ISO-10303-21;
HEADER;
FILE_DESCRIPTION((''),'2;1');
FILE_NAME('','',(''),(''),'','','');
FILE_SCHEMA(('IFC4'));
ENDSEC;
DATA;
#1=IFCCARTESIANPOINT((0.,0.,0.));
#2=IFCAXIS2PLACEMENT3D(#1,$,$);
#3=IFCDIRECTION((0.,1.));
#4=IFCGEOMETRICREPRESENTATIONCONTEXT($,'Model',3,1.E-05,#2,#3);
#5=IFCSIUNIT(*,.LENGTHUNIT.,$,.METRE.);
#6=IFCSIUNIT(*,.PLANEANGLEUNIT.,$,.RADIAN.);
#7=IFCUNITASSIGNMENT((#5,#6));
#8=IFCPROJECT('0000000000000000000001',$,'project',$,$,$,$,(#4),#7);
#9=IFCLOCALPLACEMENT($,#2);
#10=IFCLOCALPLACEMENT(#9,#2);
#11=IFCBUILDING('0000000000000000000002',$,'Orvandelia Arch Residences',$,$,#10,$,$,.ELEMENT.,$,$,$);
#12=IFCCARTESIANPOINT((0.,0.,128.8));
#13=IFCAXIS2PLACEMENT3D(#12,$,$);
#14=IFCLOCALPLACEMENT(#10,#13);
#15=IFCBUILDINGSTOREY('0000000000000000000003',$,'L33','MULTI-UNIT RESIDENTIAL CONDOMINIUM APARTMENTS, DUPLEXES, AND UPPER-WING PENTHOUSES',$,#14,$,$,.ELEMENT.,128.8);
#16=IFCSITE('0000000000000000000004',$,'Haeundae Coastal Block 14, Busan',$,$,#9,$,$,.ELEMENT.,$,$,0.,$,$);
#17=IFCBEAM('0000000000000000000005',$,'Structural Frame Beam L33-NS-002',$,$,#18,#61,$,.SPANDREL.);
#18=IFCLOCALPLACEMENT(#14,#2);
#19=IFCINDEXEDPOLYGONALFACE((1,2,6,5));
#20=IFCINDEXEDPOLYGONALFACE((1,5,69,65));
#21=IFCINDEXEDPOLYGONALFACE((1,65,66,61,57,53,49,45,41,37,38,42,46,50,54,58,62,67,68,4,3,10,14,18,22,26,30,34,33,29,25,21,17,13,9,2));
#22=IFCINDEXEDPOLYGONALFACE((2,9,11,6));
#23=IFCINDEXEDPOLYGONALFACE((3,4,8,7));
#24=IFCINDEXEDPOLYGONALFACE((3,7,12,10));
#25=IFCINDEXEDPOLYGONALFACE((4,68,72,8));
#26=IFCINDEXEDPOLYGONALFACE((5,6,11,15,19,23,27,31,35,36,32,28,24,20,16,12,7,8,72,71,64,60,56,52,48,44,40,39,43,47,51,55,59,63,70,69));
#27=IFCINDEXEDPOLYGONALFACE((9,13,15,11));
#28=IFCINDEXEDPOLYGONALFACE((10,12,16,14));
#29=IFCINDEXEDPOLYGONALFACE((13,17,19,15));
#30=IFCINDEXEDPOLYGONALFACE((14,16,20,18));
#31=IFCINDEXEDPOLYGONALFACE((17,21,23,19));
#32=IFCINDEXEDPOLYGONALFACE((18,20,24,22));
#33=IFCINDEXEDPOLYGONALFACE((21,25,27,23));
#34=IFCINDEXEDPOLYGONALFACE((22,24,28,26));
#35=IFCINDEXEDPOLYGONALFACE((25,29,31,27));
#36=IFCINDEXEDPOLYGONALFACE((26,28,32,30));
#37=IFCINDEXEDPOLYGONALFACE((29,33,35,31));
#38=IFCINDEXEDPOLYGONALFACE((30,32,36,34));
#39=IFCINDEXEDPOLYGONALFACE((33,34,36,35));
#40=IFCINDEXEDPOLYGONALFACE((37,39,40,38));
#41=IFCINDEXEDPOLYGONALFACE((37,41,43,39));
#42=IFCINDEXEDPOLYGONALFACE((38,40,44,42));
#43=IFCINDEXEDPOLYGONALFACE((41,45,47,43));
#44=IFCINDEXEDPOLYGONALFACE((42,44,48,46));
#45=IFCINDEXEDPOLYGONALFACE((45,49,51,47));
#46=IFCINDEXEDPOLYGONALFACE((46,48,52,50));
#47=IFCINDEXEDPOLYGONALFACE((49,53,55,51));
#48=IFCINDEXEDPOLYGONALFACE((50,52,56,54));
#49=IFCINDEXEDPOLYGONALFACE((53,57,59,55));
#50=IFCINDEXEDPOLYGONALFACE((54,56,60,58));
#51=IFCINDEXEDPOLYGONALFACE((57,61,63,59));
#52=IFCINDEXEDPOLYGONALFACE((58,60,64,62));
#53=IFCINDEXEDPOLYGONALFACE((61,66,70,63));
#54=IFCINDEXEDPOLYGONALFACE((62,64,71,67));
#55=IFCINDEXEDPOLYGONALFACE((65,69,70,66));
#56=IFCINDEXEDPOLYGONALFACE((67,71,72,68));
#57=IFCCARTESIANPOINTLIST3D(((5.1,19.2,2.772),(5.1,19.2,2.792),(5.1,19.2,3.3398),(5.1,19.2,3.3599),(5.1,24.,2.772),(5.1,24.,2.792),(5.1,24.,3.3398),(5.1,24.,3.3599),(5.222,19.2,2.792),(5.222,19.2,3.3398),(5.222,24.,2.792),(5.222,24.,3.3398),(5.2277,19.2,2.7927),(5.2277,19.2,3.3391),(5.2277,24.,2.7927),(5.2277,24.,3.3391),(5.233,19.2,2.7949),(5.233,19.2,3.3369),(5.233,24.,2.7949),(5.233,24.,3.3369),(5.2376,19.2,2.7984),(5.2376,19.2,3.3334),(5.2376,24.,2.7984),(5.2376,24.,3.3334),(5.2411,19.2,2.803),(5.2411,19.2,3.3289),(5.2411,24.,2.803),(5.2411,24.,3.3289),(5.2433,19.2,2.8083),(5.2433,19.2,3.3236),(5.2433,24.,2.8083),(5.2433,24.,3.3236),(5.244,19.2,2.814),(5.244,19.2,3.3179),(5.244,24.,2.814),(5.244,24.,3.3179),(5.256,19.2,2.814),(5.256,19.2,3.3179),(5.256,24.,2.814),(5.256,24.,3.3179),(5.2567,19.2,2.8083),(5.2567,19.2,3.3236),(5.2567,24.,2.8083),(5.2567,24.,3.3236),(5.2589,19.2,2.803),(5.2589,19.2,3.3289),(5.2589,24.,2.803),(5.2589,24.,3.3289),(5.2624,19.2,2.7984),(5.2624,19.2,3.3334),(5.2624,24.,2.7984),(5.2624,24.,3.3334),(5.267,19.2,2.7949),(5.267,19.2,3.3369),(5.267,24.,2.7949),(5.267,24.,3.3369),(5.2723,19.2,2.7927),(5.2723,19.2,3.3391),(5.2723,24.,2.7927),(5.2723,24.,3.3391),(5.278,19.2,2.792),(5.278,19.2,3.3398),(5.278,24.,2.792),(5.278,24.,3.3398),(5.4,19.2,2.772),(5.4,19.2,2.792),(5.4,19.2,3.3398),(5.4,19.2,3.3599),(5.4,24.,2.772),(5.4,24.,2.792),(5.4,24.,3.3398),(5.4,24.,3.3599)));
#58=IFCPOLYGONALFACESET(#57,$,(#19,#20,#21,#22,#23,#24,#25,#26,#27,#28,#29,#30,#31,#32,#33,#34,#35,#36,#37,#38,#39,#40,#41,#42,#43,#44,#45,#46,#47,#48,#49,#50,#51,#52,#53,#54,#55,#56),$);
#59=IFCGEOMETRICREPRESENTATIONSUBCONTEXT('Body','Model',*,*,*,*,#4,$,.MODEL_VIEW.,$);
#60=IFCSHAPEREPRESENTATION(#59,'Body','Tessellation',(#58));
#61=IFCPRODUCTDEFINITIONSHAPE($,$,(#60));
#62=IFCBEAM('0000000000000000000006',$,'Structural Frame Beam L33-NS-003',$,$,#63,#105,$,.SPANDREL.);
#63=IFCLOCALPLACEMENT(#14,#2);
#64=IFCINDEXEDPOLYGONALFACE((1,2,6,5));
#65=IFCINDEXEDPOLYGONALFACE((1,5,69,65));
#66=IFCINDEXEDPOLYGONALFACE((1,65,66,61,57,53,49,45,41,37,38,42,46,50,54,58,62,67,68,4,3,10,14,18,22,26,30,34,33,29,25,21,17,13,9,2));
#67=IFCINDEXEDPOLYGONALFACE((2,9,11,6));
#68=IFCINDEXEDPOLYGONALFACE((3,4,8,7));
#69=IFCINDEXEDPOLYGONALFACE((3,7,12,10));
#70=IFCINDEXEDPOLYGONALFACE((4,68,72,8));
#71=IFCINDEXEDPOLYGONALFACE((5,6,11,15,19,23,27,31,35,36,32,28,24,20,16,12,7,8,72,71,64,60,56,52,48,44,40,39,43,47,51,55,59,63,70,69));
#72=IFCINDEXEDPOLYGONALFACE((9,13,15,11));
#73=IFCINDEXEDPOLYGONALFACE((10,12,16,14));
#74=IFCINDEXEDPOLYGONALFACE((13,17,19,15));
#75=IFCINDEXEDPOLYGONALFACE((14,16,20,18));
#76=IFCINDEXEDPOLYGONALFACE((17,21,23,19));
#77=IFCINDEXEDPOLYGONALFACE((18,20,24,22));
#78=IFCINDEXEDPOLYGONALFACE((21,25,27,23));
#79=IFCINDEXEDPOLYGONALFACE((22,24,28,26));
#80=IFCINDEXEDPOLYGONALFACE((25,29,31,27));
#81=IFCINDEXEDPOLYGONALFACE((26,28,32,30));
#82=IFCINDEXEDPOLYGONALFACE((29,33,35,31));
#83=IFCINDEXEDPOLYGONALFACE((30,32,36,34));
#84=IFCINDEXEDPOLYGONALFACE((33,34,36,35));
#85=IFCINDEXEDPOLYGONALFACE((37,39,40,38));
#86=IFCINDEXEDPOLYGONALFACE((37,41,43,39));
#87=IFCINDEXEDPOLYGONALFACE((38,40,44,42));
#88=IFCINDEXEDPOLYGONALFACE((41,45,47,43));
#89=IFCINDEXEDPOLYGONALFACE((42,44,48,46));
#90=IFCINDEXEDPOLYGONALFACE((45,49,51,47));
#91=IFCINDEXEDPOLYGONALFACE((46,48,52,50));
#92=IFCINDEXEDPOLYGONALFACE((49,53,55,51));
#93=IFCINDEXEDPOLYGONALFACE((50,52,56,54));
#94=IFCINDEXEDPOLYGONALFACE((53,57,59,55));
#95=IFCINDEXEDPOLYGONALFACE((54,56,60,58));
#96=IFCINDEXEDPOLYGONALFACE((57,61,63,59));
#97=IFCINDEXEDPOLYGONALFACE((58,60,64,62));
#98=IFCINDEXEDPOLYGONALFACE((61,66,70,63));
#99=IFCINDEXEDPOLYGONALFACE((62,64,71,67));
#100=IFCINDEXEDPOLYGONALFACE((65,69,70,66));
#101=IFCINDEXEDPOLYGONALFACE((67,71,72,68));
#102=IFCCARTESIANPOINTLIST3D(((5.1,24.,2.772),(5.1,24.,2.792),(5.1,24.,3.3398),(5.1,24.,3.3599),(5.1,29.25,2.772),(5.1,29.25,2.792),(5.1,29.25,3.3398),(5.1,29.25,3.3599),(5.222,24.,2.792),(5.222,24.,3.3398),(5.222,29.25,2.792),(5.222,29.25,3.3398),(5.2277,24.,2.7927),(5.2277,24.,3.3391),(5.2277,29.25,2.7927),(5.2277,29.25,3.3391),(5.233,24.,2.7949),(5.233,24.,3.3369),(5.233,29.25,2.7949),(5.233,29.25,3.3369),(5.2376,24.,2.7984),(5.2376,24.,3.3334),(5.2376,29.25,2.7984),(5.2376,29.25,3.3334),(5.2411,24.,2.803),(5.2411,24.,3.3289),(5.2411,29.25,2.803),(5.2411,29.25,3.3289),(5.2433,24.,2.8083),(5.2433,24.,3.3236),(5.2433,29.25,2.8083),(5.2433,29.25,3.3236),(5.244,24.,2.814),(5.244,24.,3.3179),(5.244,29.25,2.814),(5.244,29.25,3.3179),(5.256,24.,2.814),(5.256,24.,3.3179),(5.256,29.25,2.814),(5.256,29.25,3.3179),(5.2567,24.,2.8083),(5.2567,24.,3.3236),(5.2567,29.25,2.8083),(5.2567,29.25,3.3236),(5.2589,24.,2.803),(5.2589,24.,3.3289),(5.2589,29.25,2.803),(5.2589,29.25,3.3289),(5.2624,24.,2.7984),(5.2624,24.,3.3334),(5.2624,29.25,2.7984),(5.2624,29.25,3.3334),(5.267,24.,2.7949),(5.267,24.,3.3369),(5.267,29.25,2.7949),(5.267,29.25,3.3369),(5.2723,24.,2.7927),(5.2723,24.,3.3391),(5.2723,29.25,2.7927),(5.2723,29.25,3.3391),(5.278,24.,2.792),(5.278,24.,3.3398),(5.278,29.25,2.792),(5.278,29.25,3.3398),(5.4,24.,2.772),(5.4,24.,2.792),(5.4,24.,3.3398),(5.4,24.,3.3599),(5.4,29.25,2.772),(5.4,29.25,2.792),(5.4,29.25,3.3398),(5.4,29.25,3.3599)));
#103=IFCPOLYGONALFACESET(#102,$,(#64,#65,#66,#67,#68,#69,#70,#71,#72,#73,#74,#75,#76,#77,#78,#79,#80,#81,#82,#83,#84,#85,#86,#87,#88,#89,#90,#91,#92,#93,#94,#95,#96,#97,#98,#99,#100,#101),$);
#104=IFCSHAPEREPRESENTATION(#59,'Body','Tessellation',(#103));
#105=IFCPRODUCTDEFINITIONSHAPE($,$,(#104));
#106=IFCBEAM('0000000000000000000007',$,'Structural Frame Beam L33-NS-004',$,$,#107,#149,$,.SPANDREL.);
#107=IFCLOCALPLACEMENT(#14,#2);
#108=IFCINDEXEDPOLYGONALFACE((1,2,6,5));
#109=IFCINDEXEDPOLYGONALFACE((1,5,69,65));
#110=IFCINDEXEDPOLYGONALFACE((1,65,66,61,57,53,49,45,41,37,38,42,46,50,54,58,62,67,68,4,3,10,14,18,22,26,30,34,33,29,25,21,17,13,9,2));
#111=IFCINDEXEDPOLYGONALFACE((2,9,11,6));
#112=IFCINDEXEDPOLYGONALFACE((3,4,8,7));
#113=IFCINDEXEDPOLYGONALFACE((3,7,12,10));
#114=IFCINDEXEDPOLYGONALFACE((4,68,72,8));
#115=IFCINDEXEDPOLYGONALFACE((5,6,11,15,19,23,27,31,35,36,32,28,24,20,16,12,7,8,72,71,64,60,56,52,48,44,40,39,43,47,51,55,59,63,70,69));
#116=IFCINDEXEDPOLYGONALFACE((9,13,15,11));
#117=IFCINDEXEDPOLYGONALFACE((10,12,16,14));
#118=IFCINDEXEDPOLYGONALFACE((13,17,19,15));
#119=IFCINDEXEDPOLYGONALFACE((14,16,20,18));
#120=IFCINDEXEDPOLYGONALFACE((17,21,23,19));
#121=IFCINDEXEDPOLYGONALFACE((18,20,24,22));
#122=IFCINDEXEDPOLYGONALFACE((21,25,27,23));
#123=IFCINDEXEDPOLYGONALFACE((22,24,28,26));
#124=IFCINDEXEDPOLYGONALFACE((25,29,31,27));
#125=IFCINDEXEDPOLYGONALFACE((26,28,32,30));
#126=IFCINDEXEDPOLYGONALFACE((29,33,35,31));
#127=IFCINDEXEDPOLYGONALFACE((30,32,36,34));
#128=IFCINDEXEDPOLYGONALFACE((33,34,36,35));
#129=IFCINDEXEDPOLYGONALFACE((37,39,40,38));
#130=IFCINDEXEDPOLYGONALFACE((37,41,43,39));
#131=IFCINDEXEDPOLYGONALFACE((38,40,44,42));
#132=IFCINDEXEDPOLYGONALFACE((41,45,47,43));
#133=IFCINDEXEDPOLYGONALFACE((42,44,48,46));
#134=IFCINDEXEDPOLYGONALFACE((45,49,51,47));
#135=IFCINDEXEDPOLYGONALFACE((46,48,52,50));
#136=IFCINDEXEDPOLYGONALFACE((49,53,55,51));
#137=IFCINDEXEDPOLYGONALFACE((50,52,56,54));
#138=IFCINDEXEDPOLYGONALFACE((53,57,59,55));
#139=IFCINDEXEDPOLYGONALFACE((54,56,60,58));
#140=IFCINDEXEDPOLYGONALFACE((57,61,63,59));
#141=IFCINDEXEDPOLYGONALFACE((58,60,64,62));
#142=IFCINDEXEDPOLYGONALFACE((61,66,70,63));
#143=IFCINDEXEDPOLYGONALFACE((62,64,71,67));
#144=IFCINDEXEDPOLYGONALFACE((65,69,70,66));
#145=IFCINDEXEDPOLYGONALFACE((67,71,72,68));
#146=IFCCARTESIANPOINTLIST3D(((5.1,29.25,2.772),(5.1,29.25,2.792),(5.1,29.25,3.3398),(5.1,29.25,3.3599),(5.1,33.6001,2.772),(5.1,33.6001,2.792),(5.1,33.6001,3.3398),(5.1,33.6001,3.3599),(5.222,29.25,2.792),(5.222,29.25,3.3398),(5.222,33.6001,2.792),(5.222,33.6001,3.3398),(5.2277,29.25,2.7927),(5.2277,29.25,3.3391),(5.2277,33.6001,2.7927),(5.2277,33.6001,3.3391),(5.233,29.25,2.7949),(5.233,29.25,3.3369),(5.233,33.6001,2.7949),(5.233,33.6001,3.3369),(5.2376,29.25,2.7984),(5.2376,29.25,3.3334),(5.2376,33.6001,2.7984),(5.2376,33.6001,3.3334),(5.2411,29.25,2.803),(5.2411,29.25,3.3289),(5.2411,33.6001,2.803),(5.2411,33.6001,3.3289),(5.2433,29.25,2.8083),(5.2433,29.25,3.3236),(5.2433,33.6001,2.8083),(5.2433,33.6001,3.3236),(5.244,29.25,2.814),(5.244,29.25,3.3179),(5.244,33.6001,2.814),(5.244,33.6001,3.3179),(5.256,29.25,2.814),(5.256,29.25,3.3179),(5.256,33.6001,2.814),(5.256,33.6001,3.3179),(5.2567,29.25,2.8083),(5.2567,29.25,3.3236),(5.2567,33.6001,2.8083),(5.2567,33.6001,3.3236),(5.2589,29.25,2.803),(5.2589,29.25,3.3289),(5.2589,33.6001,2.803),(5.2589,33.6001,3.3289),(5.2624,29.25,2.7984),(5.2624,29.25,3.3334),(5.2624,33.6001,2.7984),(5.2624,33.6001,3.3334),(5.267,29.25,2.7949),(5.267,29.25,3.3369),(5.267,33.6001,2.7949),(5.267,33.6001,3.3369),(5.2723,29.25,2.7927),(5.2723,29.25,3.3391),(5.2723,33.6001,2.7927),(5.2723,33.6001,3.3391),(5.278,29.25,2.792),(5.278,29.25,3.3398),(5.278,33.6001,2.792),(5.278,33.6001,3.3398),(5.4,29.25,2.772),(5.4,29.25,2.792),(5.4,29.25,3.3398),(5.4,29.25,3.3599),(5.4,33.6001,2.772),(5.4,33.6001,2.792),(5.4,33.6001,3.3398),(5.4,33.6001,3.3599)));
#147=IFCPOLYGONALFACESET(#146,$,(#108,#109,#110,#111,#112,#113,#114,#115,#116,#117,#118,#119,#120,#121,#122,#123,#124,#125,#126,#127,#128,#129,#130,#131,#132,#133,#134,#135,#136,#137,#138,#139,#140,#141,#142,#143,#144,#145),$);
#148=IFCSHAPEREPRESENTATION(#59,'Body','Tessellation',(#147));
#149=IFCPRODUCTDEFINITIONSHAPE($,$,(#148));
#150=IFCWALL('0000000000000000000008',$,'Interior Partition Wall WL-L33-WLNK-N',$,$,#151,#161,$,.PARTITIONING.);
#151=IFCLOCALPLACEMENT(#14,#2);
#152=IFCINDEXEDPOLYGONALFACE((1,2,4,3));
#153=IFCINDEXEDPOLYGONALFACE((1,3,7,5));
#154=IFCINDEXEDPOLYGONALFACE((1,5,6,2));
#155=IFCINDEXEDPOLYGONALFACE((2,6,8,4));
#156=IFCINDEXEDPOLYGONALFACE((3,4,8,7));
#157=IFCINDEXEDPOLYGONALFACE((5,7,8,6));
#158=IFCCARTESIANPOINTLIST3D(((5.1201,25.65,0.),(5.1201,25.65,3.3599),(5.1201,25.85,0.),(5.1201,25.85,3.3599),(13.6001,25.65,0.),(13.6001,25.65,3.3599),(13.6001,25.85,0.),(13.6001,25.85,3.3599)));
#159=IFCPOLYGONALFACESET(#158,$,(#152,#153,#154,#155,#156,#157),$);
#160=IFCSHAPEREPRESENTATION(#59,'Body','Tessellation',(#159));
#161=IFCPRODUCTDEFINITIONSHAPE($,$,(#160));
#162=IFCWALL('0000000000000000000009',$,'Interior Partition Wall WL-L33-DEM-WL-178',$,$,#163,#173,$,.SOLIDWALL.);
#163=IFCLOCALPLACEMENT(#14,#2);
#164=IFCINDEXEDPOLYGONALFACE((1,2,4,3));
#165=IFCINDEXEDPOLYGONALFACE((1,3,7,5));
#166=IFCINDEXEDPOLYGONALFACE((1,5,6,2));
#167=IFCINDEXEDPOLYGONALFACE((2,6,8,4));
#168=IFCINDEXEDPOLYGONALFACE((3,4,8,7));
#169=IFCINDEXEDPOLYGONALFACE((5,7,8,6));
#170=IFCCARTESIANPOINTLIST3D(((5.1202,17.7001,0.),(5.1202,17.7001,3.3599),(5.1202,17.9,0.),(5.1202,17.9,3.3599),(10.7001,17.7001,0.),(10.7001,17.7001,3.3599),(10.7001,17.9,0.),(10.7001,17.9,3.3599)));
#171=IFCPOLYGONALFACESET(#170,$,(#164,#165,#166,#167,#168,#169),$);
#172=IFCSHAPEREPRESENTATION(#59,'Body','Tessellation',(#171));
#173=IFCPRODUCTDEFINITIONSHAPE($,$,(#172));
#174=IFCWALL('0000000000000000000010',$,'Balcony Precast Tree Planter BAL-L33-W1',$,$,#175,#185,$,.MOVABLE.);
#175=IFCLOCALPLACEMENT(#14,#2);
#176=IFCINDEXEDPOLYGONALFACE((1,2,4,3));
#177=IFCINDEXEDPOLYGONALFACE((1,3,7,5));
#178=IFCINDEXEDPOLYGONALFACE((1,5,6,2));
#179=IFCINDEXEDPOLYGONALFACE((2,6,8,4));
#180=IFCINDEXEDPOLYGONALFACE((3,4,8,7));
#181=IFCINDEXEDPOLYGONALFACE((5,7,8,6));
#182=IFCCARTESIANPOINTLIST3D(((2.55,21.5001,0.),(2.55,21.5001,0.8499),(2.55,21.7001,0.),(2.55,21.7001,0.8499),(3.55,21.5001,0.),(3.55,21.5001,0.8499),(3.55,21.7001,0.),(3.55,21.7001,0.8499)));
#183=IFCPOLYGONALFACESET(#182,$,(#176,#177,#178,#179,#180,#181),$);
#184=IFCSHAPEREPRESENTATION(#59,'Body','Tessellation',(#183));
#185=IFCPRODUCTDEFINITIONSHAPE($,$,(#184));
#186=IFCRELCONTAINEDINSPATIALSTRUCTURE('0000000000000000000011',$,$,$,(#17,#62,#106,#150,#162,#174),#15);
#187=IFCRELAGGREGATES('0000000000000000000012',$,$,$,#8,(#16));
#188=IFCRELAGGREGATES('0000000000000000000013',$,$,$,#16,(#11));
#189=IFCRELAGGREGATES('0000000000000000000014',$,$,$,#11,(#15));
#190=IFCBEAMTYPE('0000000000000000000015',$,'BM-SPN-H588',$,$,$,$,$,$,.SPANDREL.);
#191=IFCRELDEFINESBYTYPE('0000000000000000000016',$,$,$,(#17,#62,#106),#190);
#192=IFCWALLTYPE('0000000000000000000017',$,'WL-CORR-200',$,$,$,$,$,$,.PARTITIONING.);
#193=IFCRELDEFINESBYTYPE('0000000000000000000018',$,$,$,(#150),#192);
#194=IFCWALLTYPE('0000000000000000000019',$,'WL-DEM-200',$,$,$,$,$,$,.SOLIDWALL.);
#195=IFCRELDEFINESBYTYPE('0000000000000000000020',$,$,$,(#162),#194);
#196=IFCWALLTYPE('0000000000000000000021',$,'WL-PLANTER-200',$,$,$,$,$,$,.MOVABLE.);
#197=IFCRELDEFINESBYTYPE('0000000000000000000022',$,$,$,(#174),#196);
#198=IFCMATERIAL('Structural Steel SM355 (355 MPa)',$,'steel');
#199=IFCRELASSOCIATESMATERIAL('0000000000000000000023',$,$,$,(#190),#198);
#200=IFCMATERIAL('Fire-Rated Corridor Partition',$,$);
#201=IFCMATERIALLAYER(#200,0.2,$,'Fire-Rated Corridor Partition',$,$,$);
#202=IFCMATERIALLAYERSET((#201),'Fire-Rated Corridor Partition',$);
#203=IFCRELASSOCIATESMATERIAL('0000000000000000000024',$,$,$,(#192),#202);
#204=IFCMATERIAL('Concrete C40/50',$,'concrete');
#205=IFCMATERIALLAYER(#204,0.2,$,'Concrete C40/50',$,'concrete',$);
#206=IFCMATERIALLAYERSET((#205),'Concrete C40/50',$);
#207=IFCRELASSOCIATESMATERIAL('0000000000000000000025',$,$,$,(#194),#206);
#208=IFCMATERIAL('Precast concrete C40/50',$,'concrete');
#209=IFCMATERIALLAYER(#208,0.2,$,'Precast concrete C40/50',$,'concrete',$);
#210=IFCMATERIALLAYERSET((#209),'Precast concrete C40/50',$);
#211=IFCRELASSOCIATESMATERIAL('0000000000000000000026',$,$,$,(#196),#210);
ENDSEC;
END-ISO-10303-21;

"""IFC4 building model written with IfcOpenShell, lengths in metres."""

from ifc_helpers import new_model, si_unit, direction, frame, frame_2d, origin, origin_2d, place, context, subcontext, project, spatial, rectangle, i_section, extrude, material, layer, layer_set, material_profile, profile_set, type_object, element, save


model = new_model("IFC4")

# Units and contexts
model_context = context("Model", 3, precision=1e-05, world=origin(), true_north=direction((0.0, 1.0)))
body_context = subcontext(model_context, "Body", "Model", "MODEL_VIEW")
ifc_project = project(units=[si_unit("LENGTHUNIT", "METRE"), si_unit("PLANEANGLEUNIT", "RADIAN")], contexts=[model_context])

# Site, building, storey
site_placement = place(None, origin())
site = spatial("IfcSite", under=ifc_project, at=site_placement, Name="Haeundae Coastal Block 14, Busan", CompositionType="ELEMENT", RefElevation=0.0)
building_placement = place(site_placement, origin())
building = spatial("IfcBuilding", under=site, at=building_placement, Name="Orvandelia Arch Residences", CompositionType="ELEMENT")
storey_placement = place(building_placement, frame((0.0, 0.0, 128.8)))
storey = spatial("IfcBuildingStorey", under=building, at=storey_placement, Name="L33", Description="MULTI-UNIT RESIDENTIAL CONDOMINIUM APARTMENTS, DUPLEXES, AND UPPER-WING PENTHOUSES", CompositionType="ELEMENT", Elevation=128.8)

# Beams
ifc_material_1 = material(Name="Structural Steel SM355 (355 MPa)", Category="steel")
ifc_material_profile_1 = material_profile(ifc_material_1, i_section(OverallWidth=0.3, OverallDepth=0.5879, WebThickness=0.012, FlangeThickness=0.02, FilletRadius=0.022, at=origin_2d()), Name="Structural Steel SM355 (355 MPa)", Category="steel")
ifc_profile_set_1 = profile_set([ifc_material_profile_1], Name="Structural Steel SM355 (355 MPa)")
beam_type_1 = type_object("IfcBeamType", Name="BM-SPN-H588", PredefinedType="SPANDREL", material=ifc_profile_set_1)
beam_1_placement = place(storey_placement, frame((5.25, 19.2, 3.0659), z_axis=(0.0, 1.0, 0.0), x_axis=(-1.0, 0.0, 0.0)))
element("IfcBeam", 1, at=beam_1_placement, inside=storey, type_object=beam_type_1, Name="Structural Frame Beam L33-NS-002", PredefinedType="SPANDREL", context=body_context, shape_type="SweptSolid", body=[
    extrude(i_section(OverallWidth=0.3, OverallDepth=0.5879, WebThickness=0.012, FlangeThickness=0.02, FilletRadius=0.022, at=origin_2d()), origin(), (0.0, 0.0, 1.0), 4.8),
])
beam_2_placement = place(storey_placement, frame((5.25, 24.0, 3.0659), z_axis=(0.0, 1.0, 0.0), x_axis=(-1.0, 0.0, 0.0)))
element("IfcBeam", 2, at=beam_2_placement, inside=storey, type_object=beam_type_1, Name="Structural Frame Beam L33-NS-003", PredefinedType="SPANDREL", context=body_context, shape_type="SweptSolid", body=[
    extrude(i_section(OverallWidth=0.3, OverallDepth=0.5879, WebThickness=0.012, FlangeThickness=0.02, FilletRadius=0.022, at=origin_2d()), origin(), (0.0, 0.0, 1.0), 5.25),
])
beam_3_placement = place(storey_placement, frame((5.25, 29.25, 3.0659), z_axis=(0.0, 1.0, 0.0), x_axis=(-1.0, 0.0, 0.0)))
element("IfcBeam", 3, at=beam_3_placement, inside=storey, type_object=beam_type_1, Name="Structural Frame Beam L33-NS-004", PredefinedType="SPANDREL", context=body_context, shape_type="SweptSolid", body=[
    extrude(i_section(OverallWidth=0.3, OverallDepth=0.5879, WebThickness=0.012, FlangeThickness=0.02, FilletRadius=0.022, at=origin_2d()), origin(), (0.0, 0.0, 1.0), 4.3501),
])

# Walls
ifc_material_2 = material(Name="Fire-Rated Corridor Partition")
ifc_layer_1 = layer(ifc_material_2, 0.2, Name="Fire-Rated Corridor Partition")
ifc_layer_set_1 = layer_set([ifc_layer_1], Name="Fire-Rated Corridor Partition")
wall_type_1 = type_object("IfcWallType", Name="WL-CORR-200", PredefinedType="PARTITIONING", material=ifc_layer_set_1)
wall_1_placement = place(storey_placement, frame((5.1201, 25.75, 0.0), z_axis=(0.0, 0.0, 1.0), x_axis=(1.0, 0.0, 0.0)))
element("IfcWall", 4, at=wall_1_placement, inside=storey, type_object=wall_type_1, Name="Interior Partition Wall WL-L33-WLNK-N", PredefinedType="PARTITIONING", context=body_context, shape_type="SweptSolid", body=[
    extrude(rectangle(XDim=8.48, YDim=0.2, at=frame_2d((4.24, 0.0))), origin(), (0.0, 0.0, 1.0), 3.3599),
])
ifc_material_3 = material(Name="Concrete C40/50", Category="concrete")
ifc_layer_2 = layer(ifc_material_3, 0.2, Name="Concrete C40/50", Category="concrete")
ifc_layer_set_2 = layer_set([ifc_layer_2], Name="Concrete C40/50")
wall_type_2 = type_object("IfcWallType", Name="WL-DEM-200", PredefinedType="SOLIDWALL", material=ifc_layer_set_2)
wall_2_placement = place(storey_placement, frame((5.1201, 17.8, 0.0), z_axis=(0.0, 0.0, 1.0), x_axis=(1.0, 0.0, 0.0)))
element("IfcWall", 5, at=wall_2_placement, inside=storey, type_object=wall_type_2, Name="Interior Partition Wall WL-L33-DEM-WL-178", PredefinedType="SOLIDWALL", context=body_context, shape_type="SweptSolid", body=[
    extrude(rectangle(XDim=5.5798, YDim=0.2, at=frame_2d((2.79, 0.0))), origin(), (0.0, 0.0, 1.0), 3.3599),
])
ifc_material_4 = material(Name="Precast concrete C40/50", Category="concrete")
ifc_layer_3 = layer(ifc_material_4, 0.2, Name="Precast concrete C40/50", Category="concrete")
ifc_layer_set_3 = layer_set([ifc_layer_3], Name="Precast concrete C40/50")
wall_type_3 = type_object("IfcWallType", Name="WL-PLANTER-200", PredefinedType="MOVABLE", material=ifc_layer_set_3)
wall_3_placement = place(storey_placement, frame((2.55, 21.6001, 0.0), z_axis=(0.0, 0.0, 1.0), x_axis=(1.0, 0.0, 0.0)))
element("IfcWall", 6, at=wall_3_placement, inside=storey, type_object=wall_type_3, Name="Balcony Precast Tree Planter BAL-L33-W1", PredefinedType="MOVABLE", context=body_context, shape_type="SweptSolid", body=[
    extrude(rectangle(XDim=1.0, YDim=0.2, at=frame_2d((0.5, 0.0))), origin(), (0.0, 0.0, 1.0), 0.8499),
])

save(model, "model.ifc")
